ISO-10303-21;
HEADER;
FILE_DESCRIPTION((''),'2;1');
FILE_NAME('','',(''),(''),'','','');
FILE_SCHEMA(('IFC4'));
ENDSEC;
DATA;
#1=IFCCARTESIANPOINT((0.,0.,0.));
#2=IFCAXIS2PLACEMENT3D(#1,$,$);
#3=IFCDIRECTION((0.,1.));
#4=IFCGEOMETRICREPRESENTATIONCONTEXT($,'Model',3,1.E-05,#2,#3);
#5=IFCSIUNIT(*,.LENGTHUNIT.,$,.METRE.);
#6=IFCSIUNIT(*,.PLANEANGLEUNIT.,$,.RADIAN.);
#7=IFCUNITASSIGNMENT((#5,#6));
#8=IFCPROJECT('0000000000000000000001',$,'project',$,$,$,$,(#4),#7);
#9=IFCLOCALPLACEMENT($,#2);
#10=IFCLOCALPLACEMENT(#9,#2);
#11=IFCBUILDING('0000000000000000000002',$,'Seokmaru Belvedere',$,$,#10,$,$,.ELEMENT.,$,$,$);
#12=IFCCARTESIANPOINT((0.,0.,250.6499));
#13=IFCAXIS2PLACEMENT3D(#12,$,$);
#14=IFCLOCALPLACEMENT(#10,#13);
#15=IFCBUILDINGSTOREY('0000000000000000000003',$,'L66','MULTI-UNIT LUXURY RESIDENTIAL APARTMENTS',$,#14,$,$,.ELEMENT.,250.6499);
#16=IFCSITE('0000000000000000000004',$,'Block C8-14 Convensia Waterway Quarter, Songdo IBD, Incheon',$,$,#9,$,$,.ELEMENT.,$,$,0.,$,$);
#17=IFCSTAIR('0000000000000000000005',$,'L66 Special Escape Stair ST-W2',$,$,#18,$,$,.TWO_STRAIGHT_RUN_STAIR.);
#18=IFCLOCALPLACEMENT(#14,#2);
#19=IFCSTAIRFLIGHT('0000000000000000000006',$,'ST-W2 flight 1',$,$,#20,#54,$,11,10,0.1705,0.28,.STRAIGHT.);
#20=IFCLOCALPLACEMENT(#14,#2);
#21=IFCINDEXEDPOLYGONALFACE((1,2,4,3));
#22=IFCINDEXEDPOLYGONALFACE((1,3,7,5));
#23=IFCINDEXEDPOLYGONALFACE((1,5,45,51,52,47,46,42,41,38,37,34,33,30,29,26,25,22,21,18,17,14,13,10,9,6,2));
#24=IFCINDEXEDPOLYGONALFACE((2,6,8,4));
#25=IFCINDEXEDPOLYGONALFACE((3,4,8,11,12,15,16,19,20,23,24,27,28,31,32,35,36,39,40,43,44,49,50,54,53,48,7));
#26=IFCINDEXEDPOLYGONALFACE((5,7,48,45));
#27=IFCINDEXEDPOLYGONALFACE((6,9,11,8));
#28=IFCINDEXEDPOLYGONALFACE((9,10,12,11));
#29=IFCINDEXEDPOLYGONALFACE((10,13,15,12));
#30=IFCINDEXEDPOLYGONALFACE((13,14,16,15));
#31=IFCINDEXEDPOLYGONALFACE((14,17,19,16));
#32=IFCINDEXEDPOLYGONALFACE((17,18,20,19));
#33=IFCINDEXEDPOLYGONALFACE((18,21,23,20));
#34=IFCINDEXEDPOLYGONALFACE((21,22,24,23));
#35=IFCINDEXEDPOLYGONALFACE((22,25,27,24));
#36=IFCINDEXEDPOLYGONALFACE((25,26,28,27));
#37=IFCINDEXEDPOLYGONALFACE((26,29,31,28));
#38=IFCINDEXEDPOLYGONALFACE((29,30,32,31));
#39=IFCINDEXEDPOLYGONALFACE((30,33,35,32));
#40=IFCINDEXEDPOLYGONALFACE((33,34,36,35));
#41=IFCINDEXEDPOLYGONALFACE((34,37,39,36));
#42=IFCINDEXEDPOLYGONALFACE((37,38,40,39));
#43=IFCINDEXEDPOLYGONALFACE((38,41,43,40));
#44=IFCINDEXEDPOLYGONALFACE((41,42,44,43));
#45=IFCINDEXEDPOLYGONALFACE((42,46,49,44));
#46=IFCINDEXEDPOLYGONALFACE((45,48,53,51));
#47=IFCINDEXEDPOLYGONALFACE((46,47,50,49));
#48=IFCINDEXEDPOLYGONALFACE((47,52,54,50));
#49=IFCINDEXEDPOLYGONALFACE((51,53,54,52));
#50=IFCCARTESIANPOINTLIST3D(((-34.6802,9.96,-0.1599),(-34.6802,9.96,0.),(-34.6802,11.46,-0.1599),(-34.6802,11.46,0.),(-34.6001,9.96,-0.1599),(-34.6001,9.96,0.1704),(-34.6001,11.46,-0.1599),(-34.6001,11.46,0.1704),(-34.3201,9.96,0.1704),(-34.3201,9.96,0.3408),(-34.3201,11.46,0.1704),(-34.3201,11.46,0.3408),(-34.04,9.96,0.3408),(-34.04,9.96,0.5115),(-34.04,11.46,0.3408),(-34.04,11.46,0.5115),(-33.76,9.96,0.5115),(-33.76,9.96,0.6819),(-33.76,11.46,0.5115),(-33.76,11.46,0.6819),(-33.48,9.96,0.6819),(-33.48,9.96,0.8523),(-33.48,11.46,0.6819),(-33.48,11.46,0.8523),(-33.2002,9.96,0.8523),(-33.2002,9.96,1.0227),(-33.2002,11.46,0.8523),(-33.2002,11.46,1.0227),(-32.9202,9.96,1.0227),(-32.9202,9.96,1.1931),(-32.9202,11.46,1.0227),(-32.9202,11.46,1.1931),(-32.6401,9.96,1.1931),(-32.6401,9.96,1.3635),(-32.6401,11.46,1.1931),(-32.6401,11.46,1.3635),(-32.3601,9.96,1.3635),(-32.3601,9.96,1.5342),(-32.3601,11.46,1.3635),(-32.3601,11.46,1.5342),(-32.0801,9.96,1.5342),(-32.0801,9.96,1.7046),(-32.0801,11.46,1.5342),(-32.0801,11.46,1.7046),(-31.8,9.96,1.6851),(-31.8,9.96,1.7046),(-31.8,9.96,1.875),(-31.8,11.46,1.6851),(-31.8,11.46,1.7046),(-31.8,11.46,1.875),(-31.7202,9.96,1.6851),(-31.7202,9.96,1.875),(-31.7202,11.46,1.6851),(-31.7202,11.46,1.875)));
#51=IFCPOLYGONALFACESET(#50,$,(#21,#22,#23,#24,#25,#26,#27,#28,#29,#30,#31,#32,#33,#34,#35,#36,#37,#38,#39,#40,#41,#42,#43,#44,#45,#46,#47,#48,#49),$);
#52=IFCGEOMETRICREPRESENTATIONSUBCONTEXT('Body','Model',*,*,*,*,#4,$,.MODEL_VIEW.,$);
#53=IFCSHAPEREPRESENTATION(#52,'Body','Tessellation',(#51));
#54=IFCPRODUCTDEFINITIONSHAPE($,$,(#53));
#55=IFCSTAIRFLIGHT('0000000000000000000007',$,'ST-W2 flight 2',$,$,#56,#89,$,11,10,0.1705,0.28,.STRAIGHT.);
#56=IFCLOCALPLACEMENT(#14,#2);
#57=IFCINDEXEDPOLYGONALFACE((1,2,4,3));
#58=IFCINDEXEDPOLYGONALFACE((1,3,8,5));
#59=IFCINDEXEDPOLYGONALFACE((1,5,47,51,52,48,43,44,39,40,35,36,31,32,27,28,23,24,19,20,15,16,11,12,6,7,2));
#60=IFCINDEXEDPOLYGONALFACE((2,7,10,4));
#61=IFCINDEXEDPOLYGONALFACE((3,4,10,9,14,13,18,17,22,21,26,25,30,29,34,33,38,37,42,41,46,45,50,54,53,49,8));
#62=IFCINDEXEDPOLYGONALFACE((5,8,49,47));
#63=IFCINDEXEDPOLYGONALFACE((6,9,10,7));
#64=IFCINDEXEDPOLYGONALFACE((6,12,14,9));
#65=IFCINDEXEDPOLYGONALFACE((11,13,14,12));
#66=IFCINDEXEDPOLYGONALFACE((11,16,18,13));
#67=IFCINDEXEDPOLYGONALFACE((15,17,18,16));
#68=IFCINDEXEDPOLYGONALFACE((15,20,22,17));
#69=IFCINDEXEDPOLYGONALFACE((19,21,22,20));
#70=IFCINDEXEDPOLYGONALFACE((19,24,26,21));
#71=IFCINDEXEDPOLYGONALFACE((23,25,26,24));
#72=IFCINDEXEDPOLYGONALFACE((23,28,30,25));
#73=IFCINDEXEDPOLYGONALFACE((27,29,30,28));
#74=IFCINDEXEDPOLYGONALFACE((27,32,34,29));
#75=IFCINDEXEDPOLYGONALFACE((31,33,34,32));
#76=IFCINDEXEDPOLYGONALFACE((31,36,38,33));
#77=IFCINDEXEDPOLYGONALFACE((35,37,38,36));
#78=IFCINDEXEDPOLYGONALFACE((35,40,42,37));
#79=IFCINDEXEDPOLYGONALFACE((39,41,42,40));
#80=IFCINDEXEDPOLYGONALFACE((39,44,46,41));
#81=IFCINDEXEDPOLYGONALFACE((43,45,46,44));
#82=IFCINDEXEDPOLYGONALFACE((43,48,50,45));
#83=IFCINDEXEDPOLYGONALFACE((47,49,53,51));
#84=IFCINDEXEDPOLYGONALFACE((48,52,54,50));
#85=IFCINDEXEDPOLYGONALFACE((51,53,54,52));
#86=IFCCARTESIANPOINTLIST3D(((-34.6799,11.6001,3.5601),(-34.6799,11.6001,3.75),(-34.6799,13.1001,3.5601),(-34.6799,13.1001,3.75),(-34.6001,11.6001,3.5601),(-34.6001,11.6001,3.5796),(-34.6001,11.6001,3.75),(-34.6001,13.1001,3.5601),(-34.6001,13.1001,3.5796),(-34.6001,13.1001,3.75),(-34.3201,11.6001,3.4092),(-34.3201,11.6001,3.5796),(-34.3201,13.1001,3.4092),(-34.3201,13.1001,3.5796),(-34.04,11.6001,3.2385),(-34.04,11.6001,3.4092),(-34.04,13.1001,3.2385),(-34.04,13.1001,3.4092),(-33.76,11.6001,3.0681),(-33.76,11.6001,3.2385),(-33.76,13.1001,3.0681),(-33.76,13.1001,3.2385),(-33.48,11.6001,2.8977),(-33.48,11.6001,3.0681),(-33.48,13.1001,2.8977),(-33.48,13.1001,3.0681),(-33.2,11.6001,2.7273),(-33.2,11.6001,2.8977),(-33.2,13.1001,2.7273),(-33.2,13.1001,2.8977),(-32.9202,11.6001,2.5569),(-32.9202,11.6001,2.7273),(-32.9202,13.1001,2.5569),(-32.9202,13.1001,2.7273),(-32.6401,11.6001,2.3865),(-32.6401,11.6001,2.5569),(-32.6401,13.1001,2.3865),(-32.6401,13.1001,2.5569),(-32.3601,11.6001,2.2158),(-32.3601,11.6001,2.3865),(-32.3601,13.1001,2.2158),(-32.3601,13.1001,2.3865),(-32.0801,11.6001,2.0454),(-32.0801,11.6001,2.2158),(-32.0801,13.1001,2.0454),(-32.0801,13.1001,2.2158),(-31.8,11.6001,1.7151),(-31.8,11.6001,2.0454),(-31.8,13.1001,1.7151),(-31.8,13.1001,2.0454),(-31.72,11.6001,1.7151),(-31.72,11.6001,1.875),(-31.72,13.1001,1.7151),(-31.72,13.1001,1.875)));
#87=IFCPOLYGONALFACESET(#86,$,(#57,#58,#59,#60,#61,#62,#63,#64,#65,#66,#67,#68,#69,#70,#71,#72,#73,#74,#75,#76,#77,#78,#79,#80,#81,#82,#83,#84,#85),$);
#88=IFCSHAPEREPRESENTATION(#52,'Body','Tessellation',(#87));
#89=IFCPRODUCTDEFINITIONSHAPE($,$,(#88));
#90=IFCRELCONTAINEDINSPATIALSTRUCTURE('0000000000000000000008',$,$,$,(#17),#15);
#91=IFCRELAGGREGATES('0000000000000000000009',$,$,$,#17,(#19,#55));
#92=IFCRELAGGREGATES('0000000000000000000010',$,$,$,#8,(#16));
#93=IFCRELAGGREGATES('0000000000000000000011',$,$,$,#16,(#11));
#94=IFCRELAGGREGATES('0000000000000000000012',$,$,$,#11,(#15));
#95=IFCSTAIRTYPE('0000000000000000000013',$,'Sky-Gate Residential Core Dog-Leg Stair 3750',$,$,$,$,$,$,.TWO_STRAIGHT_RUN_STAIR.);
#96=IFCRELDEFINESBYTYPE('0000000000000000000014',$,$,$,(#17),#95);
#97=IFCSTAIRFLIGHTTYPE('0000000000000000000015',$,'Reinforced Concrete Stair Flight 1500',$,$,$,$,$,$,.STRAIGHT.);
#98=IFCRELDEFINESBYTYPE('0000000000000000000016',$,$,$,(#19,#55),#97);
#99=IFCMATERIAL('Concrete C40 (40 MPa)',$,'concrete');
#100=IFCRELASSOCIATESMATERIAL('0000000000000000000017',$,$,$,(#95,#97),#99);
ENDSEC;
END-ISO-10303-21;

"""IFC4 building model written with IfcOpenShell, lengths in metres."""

from ifc_helpers import new_model, si_unit, direction, frame, origin, place, context, subcontext, project, spatial, polyline, outline, extrude, material, type_object, element, aggregate, save


model = new_model("IFC4")

# Units and contexts
model_context = context("Model", 3, precision=1e-05, world=origin(), true_north=direction((0.0, 1.0)))
body_context = subcontext(model_context, "Body", "Model", "MODEL_VIEW")
ifc_project = project(units=[si_unit("LENGTHUNIT", "METRE"), si_unit("PLANEANGLEUNIT", "RADIAN")], contexts=[model_context])

# Site, building, storey
site_placement = place(None, origin())
site = spatial("IfcSite", under=ifc_project, at=site_placement, Name="Block C8-14 Convensia Waterway Quarter, Songdo IBD, Incheon", CompositionType="ELEMENT", RefElevation=0.0)
building_placement = place(site_placement, origin())
building = spatial("IfcBuilding", under=site, at=building_placement, Name="Seokmaru Belvedere", CompositionType="ELEMENT")
storey_placement = place(building_placement, frame((0.0, 0.0, 250.6499)))
storey = spatial("IfcBuildingStorey", under=building, at=storey_placement, Name="L66", Description="MULTI-UNIT LUXURY RESIDENTIAL APARTMENTS", CompositionType="ELEMENT", Elevation=250.6499)

# Stair, stair flights
ifc_material_1 = material(Name="Concrete C40 (40 MPa)", Category="concrete")
stair_type = type_object("IfcStairType", Name="Sky-Gate Residential Core Dog-Leg Stair 3750", PredefinedType="TWO_STRAIGHT_RUN_STAIR", material=ifc_material_1)
stair_placement = place(storey_placement, origin())
stair = element("IfcStair", 1, at=stair_placement, inside=storey, type_object=stair_type, Name="L66 Special Escape Stair ST-W2", PredefinedType="TWO_STRAIGHT_RUN_STAIR")
stair_flight_type = type_object("IfcStairFlightType", Name="Reinforced Concrete Stair Flight 1500", PredefinedType="STRAIGHT", material=ifc_material_1)
stair_flight_1_placement = place(storey_placement, frame((-34.6001, 10.71, 0.0), z_axis=(0.0, 0.0, 1.0), x_axis=(1.0, 0.0, 0.0)))
stair_flight_1 = element("IfcStairFlight", 2, at=stair_flight_1_placement, type_object=stair_flight_type, Name="ST-W2 flight 1", NumberOfRisers=11, NumberOfTreads=10, PredefinedType="STRAIGHT", RiserHeight=0.1705, TreadLength=0.28, context=body_context, shape_type="SweptSolid", body=[
    extrude(outline(polyline([(-0.0801, 0.0), (0.0, 0.1704), (0.28, 0.1704), (0.28, 0.3408), (0.5601, 0.3408), (0.5601, 0.5115), (0.8401, 0.5115), (0.8401, 0.6819), (1.1201, 0.6819), (1.1201, 0.8523), (1.3999, 0.8523), (1.3999, 1.0227), (1.6799, 1.0227), (1.6799, 1.1931), (1.96, 1.1931), (1.96, 1.3635), (2.24, 1.3635), (2.24, 1.5342), (2.52, 1.5342), (2.52, 1.7046), (2.8, 1.7046), (2.8, 1.875), (2.8799, 1.875), (2.8799, 1.6851), (2.8, 1.6851), (0.0, -0.1599), (-0.0801, -0.1599), (-0.0801, 0.0)])), frame((0.0, 0.75, 0.0), z_axis=(0.0, -1.0, 0.0), x_axis=(1.0, 0.0, 0.0)), (0.0, 0.0, 1.0), 1.5),
])
stair_flight_2_placement = place(storey_placement, frame((-31.8, 12.3501, 1.875), z_axis=(0.0, 0.0, 1.0), x_axis=(-1.0, 0.0, 0.0)))
stair_flight_2 = element("IfcStairFlight", 3, at=stair_flight_2_placement, type_object=stair_flight_type, Name="ST-W2 flight 2", NumberOfRisers=11, NumberOfTreads=10, PredefinedType="STRAIGHT", RiserHeight=0.1705, TreadLength=0.28, context=body_context, shape_type="SweptSolid", body=[
    extrude(outline(polyline([(-0.0801, 0.0), (0.0, 0.1704), (0.28, 0.1704), (0.28, 0.3408), (0.5601, 0.3408), (0.5601, 0.5115), (0.8401, 0.5115), (0.8401, 0.6819), (1.1201, 0.6819), (1.1201, 0.8523), (1.3999, 0.8523), (1.3999, 1.0227), (1.6799, 1.0227), (1.6799, 1.1931), (1.96, 1.1931), (1.96, 1.3635), (2.24, 1.3635), (2.24, 1.5342), (2.52, 1.5342), (2.52, 1.7046), (2.8, 1.7046), (2.8, 1.875), (2.8799, 1.875), (2.8799, 1.6851), (2.8, 1.6851), (0.0, -0.1599), (-0.0801, -0.1599), (-0.0801, 0.0)])), frame((0.0, 0.75, 0.0), z_axis=(0.0, -1.0, 0.0), x_axis=(1.0, 0.0, 0.0)), (0.0, 0.0, 1.0), 1.5),
])
aggregate(stair, [stair_flight_1, stair_flight_2])

save(model, "model.ifc")
